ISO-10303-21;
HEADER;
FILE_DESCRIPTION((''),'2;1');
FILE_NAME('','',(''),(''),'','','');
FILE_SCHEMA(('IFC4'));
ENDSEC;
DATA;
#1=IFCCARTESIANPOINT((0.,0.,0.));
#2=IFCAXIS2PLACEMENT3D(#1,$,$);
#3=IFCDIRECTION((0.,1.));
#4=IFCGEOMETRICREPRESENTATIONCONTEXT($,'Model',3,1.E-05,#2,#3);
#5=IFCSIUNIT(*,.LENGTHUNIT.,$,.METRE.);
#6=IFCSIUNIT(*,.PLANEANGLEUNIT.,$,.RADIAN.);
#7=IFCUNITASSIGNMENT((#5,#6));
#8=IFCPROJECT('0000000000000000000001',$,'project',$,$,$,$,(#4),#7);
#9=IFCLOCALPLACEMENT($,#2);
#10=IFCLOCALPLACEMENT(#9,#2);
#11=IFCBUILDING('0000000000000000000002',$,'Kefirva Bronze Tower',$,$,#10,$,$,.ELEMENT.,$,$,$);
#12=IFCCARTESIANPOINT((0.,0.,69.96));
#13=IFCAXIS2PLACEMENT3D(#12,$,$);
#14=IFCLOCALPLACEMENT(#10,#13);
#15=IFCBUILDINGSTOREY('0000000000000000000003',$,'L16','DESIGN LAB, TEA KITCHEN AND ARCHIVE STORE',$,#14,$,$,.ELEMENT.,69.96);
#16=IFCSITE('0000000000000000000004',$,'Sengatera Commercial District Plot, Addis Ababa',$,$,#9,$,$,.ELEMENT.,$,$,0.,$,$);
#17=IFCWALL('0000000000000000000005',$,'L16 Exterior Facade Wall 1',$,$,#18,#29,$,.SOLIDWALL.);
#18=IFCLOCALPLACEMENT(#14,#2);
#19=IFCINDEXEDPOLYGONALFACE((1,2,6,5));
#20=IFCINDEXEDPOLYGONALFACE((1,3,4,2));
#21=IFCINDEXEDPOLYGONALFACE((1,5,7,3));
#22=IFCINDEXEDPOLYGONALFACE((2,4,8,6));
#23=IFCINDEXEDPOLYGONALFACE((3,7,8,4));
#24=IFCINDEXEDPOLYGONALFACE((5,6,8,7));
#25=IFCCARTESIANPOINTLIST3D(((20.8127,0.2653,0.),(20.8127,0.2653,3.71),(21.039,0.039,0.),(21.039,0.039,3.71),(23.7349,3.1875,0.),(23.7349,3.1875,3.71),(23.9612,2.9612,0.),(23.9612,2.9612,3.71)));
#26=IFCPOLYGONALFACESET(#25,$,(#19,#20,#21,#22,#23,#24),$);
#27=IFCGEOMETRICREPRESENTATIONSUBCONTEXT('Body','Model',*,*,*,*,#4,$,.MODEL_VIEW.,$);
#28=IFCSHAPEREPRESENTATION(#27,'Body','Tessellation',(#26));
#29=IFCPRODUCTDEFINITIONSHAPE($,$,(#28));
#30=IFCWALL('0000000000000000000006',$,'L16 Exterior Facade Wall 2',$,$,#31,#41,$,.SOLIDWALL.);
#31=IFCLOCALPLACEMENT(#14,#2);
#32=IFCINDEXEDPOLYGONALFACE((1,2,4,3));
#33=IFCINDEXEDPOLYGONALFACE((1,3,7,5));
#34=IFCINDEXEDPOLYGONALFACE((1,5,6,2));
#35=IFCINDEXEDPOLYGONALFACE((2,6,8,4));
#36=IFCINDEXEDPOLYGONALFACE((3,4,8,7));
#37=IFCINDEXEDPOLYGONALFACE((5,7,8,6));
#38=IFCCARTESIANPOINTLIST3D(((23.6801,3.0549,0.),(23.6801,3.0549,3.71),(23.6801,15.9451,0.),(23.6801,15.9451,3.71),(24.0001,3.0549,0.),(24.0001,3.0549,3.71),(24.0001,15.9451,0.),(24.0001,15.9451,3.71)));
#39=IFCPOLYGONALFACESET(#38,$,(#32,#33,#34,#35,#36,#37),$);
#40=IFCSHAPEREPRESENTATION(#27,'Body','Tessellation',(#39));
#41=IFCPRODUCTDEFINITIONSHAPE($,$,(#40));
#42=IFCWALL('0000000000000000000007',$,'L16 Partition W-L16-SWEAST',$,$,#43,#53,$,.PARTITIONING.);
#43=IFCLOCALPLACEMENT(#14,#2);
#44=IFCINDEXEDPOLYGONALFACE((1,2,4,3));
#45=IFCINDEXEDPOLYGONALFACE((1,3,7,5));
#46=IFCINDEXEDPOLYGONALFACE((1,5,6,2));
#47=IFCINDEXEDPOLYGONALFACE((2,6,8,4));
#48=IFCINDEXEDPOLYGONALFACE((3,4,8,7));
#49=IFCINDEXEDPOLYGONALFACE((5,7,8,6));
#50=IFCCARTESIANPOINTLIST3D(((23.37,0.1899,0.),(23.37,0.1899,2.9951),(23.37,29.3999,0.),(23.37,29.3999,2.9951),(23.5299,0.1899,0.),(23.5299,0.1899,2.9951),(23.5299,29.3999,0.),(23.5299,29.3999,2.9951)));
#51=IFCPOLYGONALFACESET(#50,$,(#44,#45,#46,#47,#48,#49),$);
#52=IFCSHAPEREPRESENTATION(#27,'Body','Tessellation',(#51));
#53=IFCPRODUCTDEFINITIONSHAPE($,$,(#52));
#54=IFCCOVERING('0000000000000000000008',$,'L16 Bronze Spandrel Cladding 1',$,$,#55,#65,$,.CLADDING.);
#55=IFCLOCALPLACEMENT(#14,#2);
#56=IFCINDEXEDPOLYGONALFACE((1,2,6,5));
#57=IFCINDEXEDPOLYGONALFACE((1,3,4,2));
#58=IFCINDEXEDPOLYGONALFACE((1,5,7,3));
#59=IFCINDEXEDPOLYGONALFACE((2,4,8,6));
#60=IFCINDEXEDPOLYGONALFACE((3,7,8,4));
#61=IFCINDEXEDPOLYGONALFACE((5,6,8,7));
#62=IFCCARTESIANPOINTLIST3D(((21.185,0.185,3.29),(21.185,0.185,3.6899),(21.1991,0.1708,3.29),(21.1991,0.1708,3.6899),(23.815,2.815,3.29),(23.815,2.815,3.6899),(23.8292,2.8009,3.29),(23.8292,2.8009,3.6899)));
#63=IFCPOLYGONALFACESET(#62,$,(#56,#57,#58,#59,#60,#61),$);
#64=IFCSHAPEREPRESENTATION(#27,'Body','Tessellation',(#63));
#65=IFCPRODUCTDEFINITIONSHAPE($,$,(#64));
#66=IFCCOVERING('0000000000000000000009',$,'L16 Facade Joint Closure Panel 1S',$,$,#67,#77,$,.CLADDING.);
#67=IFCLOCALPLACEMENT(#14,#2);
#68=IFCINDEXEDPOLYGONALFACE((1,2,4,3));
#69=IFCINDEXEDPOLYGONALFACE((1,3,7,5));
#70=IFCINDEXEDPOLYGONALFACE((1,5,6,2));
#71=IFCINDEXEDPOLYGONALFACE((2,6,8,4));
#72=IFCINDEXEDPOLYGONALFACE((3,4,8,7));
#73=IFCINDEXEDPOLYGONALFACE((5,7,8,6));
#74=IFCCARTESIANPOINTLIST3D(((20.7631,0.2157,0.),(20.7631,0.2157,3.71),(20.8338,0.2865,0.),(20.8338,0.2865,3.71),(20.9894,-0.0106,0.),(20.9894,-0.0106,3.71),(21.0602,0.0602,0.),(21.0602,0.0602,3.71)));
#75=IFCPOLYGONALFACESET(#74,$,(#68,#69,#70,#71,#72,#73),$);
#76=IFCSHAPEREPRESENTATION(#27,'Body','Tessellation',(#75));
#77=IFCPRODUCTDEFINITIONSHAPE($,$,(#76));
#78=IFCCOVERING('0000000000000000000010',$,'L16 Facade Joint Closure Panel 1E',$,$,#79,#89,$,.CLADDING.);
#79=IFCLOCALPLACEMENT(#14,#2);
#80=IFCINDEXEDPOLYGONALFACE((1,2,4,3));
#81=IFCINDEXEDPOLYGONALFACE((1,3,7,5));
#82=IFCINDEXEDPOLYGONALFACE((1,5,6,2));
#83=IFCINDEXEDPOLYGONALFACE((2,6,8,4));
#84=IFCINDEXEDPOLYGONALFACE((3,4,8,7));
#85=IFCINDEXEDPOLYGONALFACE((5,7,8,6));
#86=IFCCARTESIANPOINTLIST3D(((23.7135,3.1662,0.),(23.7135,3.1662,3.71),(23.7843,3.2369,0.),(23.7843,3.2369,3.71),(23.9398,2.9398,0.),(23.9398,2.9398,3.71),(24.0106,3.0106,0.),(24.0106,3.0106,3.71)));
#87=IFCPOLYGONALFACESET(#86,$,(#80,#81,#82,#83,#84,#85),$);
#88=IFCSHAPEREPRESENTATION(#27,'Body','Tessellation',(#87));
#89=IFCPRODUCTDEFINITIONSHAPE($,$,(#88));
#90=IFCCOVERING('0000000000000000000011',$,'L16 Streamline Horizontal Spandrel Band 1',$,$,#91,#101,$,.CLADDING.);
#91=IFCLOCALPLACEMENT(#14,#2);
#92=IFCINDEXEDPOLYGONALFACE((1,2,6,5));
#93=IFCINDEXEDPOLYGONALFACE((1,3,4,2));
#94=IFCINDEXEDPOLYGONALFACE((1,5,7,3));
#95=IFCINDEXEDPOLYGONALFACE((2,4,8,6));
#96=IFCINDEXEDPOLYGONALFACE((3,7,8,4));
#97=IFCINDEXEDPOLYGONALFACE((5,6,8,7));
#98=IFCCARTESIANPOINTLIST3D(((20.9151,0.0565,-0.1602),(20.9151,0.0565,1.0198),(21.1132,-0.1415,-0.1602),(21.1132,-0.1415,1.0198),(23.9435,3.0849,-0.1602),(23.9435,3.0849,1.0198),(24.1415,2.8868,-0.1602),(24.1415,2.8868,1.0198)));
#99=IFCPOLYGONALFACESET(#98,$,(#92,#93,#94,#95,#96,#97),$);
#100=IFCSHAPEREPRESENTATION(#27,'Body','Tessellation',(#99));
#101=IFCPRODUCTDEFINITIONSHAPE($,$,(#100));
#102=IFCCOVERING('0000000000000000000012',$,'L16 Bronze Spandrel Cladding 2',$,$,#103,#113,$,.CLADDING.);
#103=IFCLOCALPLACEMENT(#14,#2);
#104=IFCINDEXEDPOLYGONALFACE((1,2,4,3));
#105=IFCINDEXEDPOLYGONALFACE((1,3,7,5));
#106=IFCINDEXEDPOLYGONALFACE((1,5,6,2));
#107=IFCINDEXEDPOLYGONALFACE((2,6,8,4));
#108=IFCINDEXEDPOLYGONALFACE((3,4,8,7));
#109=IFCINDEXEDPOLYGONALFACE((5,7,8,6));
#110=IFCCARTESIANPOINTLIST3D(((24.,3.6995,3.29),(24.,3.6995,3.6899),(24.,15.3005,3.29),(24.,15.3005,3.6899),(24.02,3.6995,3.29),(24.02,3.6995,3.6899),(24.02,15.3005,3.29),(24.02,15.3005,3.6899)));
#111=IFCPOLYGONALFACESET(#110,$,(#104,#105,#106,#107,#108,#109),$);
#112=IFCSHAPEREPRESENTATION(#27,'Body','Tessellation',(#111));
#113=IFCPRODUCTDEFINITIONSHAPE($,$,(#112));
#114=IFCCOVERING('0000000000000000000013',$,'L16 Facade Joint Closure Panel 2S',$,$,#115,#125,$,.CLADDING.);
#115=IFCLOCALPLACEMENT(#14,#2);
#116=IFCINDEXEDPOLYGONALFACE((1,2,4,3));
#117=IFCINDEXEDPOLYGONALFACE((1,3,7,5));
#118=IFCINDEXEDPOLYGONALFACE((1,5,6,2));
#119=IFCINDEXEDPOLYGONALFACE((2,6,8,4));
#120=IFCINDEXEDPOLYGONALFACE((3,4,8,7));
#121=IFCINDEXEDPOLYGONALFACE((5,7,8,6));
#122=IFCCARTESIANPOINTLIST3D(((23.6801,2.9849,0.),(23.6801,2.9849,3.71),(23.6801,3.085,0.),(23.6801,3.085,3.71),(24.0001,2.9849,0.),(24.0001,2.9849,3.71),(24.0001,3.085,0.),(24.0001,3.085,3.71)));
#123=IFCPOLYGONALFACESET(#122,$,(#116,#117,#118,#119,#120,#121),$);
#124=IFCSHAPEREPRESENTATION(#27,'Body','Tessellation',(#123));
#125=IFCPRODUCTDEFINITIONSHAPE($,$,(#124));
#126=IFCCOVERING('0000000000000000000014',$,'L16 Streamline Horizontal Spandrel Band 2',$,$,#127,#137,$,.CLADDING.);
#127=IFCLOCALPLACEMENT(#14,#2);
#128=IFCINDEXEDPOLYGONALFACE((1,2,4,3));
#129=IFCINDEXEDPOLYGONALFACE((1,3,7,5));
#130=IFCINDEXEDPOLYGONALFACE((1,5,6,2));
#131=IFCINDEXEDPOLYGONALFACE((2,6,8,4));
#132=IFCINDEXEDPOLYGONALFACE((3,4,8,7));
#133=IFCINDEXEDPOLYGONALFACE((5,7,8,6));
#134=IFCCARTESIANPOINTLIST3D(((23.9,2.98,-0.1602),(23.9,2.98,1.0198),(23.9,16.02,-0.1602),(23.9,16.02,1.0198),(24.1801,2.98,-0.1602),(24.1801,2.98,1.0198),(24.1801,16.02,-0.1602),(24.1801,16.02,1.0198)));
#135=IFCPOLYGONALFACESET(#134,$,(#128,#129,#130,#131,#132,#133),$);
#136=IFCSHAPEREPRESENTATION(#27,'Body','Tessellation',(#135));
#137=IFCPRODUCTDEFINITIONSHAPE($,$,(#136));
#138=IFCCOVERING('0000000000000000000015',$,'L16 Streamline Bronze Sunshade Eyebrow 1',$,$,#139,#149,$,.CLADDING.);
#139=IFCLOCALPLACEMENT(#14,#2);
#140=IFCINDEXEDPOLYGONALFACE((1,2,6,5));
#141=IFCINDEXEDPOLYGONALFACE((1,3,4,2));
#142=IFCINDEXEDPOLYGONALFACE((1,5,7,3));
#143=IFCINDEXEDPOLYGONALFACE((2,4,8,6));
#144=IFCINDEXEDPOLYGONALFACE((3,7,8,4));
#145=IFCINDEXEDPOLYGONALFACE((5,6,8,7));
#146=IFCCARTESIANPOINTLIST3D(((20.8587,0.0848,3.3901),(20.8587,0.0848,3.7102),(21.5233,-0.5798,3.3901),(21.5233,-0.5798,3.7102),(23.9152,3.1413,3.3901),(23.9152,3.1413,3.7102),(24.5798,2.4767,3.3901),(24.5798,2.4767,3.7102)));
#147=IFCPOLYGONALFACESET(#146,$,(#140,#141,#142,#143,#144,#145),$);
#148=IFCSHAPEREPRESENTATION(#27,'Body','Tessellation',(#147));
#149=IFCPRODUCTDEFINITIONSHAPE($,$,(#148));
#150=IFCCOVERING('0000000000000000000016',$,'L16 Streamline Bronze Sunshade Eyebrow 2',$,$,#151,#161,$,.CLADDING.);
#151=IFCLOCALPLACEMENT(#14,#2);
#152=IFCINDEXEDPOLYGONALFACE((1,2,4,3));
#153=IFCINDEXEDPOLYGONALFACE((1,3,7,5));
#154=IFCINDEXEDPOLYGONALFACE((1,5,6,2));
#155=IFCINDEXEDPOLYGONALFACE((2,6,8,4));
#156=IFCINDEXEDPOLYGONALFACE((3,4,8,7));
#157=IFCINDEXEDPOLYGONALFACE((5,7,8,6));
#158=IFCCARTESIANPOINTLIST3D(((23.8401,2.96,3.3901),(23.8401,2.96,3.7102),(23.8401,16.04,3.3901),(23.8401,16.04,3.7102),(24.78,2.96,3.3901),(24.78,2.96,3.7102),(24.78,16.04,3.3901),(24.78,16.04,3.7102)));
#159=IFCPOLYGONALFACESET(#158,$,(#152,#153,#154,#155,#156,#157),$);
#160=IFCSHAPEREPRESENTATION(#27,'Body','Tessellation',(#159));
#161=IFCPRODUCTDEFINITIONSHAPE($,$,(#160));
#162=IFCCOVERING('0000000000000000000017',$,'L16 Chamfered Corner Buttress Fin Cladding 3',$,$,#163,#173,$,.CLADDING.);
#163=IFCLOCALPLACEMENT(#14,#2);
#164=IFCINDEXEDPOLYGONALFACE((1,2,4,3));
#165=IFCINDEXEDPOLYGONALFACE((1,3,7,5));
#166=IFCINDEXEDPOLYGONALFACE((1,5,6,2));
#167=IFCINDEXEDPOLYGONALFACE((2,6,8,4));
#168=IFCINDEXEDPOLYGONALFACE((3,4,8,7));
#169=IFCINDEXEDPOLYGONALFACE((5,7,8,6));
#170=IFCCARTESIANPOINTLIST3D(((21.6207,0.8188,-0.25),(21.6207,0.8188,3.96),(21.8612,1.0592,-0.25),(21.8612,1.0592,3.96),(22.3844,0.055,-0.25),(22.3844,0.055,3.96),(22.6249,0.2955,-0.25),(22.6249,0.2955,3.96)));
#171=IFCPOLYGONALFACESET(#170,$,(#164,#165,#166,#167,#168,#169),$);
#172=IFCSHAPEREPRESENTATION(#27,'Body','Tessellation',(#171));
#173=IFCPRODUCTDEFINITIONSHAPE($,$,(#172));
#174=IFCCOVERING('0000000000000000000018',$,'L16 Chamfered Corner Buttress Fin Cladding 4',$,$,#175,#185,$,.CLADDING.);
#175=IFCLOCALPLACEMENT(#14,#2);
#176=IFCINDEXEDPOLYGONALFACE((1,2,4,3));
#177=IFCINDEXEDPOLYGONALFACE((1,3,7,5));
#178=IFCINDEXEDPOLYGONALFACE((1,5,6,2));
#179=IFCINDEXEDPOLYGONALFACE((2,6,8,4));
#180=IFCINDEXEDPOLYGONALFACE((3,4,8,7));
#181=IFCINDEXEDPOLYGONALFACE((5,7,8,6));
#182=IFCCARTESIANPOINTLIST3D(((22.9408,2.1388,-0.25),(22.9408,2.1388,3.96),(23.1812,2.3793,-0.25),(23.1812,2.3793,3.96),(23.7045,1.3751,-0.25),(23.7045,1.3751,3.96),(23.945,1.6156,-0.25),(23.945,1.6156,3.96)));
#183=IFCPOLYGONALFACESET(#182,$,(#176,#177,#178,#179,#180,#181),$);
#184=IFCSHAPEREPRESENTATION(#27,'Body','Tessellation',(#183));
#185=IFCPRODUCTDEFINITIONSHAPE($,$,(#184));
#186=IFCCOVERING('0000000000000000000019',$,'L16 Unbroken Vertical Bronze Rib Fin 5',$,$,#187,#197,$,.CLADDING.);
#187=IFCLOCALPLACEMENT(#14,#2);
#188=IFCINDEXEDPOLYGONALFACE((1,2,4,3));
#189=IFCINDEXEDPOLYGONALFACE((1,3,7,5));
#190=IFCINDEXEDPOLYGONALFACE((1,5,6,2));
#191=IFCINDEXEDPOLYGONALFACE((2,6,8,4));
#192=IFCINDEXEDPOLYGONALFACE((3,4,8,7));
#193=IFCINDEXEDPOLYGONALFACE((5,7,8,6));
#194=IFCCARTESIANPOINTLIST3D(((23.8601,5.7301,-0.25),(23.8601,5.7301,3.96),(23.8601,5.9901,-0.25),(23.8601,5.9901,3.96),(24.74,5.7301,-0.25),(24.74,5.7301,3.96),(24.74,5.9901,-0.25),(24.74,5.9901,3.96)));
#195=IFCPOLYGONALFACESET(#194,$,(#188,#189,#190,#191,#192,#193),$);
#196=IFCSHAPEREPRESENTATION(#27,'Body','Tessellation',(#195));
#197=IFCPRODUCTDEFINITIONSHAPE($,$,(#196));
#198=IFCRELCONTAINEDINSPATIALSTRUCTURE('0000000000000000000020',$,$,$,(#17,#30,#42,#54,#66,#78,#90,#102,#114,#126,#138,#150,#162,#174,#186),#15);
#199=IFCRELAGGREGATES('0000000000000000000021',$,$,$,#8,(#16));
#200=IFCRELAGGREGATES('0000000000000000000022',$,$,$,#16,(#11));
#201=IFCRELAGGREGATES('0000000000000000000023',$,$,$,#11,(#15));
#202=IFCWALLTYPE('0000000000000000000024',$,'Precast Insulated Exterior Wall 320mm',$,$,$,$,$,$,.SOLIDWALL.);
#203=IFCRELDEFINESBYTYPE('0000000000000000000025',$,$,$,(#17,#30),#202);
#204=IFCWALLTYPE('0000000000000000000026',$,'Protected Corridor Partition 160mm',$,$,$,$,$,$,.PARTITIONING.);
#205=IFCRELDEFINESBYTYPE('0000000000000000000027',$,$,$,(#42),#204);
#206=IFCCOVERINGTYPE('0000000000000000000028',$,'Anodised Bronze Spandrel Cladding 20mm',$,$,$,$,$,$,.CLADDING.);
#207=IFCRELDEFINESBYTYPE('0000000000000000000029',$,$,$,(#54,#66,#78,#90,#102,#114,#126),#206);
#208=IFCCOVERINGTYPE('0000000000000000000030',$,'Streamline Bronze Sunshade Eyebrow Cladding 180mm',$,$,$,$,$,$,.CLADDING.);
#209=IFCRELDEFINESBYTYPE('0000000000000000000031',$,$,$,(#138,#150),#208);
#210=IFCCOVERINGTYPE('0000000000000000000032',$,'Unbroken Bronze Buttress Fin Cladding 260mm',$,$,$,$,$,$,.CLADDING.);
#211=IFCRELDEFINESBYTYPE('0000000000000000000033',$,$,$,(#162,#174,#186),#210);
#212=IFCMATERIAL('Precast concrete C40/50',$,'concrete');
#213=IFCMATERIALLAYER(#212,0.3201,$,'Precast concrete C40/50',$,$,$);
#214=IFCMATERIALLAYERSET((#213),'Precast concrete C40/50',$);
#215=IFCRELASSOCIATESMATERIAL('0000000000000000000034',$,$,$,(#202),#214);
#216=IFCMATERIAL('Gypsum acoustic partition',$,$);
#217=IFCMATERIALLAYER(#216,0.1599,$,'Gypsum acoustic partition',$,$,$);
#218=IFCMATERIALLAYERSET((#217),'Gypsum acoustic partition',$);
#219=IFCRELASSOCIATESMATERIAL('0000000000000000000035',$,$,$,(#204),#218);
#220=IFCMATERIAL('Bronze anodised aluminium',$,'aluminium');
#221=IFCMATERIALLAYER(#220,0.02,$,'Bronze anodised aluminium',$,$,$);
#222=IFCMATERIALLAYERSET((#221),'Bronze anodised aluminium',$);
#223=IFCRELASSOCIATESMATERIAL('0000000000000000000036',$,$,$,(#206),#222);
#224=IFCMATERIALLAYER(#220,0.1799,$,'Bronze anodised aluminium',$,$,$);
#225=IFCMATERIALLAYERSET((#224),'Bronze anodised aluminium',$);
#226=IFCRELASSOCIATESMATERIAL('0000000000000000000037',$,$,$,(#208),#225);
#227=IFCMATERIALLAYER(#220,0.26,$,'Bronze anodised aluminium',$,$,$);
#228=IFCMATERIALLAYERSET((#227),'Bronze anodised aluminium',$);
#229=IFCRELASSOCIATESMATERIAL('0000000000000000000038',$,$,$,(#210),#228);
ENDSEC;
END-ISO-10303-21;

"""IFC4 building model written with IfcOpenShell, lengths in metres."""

from ifc_helpers import new_model, si_unit, direction, frame, frame_2d, origin, origin_2d, place, context, subcontext, project, spatial, rectangle, extrude, material, layer, layer_set, type_object, element, save


model = new_model("IFC4")

# Units and contexts
model_context = context("Model", 3, precision=1e-05, world=origin(), true_north=direction((0.0, 1.0)))
body_context = subcontext(model_context, "Body", "Model", "MODEL_VIEW")
ifc_project = project(units=[si_unit("LENGTHUNIT", "METRE"), si_unit("PLANEANGLEUNIT", "RADIAN")], contexts=[model_context])

# Site, building, storey
site_placement = place(None, origin())
site = spatial("IfcSite", under=ifc_project, at=site_placement, Name="Sengatera Commercial District Plot, Addis Ababa", CompositionType="ELEMENT", RefElevation=0.0)
building_placement = place(site_placement, origin())
building = spatial("IfcBuilding", under=site, at=building_placement, Name="Kefirva Bronze Tower", CompositionType="ELEMENT")
storey_placement = place(building_placement, frame((0.0, 0.0, 69.96)))
storey = spatial("IfcBuildingStorey", under=building, at=storey_placement, Name="L16", Description="DESIGN LAB, TEA KITCHEN AND ARCHIVE STORE", CompositionType="ELEMENT", Elevation=69.96)

# Shared definitions
ifc_material_1 = material(Name="Bronze anodised aluminium", Category="aluminium")

# Walls
ifc_material_2 = material(Name="Precast concrete C40/50", Category="concrete")
ifc_layer_1 = layer(ifc_material_2, 0.3201, Name="Precast concrete C40/50")
ifc_layer_set_1 = layer_set([ifc_layer_1], Name="Precast concrete C40/50")
wall_type_1 = type_object("IfcWallType", Name="Precast Insulated Exterior Wall 320mm", PredefinedType="SOLIDWALL", material=ifc_layer_set_1)
wall_1_placement = place(storey_placement, frame((20.9258, 0.1521, 0.0), z_axis=(0.0, 0.0, 1.0), x_axis=(0.707107, 0.707107, 0.0)))
element("IfcWall", 1, at=wall_1_placement, inside=storey, type_object=wall_type_1, Name="L16 Exterior Facade Wall 1", PredefinedType="SOLIDWALL", context=body_context, shape_type="SweptSolid", body=[
    extrude(rectangle(XDim=4.1326, YDim=0.3201, at=frame_2d((2.0664, 0.0))), origin(), (0.0, 0.0, 1.0), 3.71),
])
wall_2_placement = place(storey_placement, frame((23.8401, 3.0549, 0.0), z_axis=(0.0, 0.0, 1.0), x_axis=(0.0, 1.0, 0.0)))
element("IfcWall", 2, at=wall_2_placement, inside=storey, type_object=wall_type_1, Name="L16 Exterior Facade Wall 2", PredefinedType="SOLIDWALL", context=body_context, shape_type="SweptSolid", body=[
    extrude(rectangle(XDim=12.8901, YDim=0.3201, at=frame_2d((6.4451, 0.0))), origin(), (0.0, 0.0, 1.0), 3.71),
])
ifc_material_3 = material(Name="Gypsum acoustic partition")
ifc_layer_2 = layer(ifc_material_3, 0.1599, Name="Gypsum acoustic partition")
ifc_layer_set_2 = layer_set([ifc_layer_2], Name="Gypsum acoustic partition")
wall_type_2 = type_object("IfcWallType", Name="Protected Corridor Partition 160mm", PredefinedType="PARTITIONING", material=ifc_layer_set_2)
wall_3_placement = place(storey_placement, frame((23.45, 0.1899, 0.0), z_axis=(0.0, 0.0, 1.0), x_axis=(0.0, 1.0, 0.0)))
element("IfcWall", 3, at=wall_3_placement, inside=storey, type_object=wall_type_2, Name="L16 Partition W-L16-SWEAST", PredefinedType="PARTITIONING", context=body_context, shape_type="SweptSolid", body=[
    extrude(rectangle(XDim=29.21, YDim=0.1599, at=frame_2d((14.605, 0.0))), origin(), (0.0, 0.0, 1.0), 2.9951),
])

# Coverings
ifc_layer_3 = layer(ifc_material_1, 0.02, Name="Bronze anodised aluminium")
ifc_layer_set_3 = layer_set([ifc_layer_3], Name="Bronze anodised aluminium")
covering_type_1 = type_object("IfcCoveringType", Name="Anodised Bronze Spandrel Cladding 20mm", PredefinedType="CLADDING", material=ifc_layer_set_3)
covering_1_placement = place(storey_placement, frame((22.5071, 1.4929, 3.29), z_axis=(0.0, 0.0, 1.0), x_axis=(0.707107, 0.707107, 0.0)))
element("IfcCovering", 4, at=covering_1_placement, inside=storey, type_object=covering_type_1, Name="L16 Bronze Spandrel Cladding 1", PredefinedType="CLADDING", context=body_context, shape_type="SweptSolid", body=[
    extrude(rectangle(XDim=3.7195, YDim=0.02, at=origin_2d()), origin(), (0.0, 0.0, 1.0), 0.3999),
])
for number, where, z_axis, x_axis, name in (
    (5, (20.9116, 0.1379, 0.0), (0.0, 0.0, 1.0), (0.707107, 0.707107, 0.0), "L16 Facade Joint Closure Panel 1S"),
    (6, (23.8621, 3.0884, 0.0), (0.0, 0.0, 1.0), (0.707107, 0.707107, 0.0), "L16 Facade Joint Closure Panel 1E"),
):
    element("IfcCovering", number, at=place(storey_placement, frame(where, z_axis=z_axis, x_axis=x_axis)), inside=storey, type_object=covering_type_1, Name=name, PredefinedType="CLADDING", context=body_context, shape_type="SweptSolid", body=[
        extrude(rectangle(XDim=0.1001, YDim=0.3201, at=origin_2d()), origin(), (0.0, 0.0, 1.0), 3.71),
    ])
covering_2_placement = place(storey_placement, frame((22.5283, 1.4717, -0.1602), z_axis=(0.0, 0.0, 1.0), x_axis=(0.707107, 0.707107, 0.0)))
element("IfcCovering", 7, at=covering_2_placement, inside=storey, type_object=covering_type_1, Name="L16 Streamline Horizontal Spandrel Band 1", PredefinedType="CLADDING", context=body_context, shape_type="SweptSolid", body=[
    extrude(rectangle(XDim=4.2827, YDim=0.28, at=origin_2d()), origin(), (0.0, 0.0, 1.0), 1.1799),
])
covering_3_placement = place(storey_placement, frame((24.01, 9.5, 3.29), z_axis=(0.0, 0.0, 1.0), x_axis=(0.0, 1.0, 0.0)))
element("IfcCovering", 8, at=covering_3_placement, inside=storey, type_object=covering_type_1, Name="L16 Bronze Spandrel Cladding 2", PredefinedType="CLADDING", context=body_context, shape_type="SweptSolid", body=[
    extrude(rectangle(XDim=11.6011, YDim=0.02, at=origin_2d()), origin(), (0.0, 0.0, 1.0), 0.3999),
])
covering_4_placement = place(storey_placement, frame((23.8401, 3.0349, 0.0), z_axis=(0.0, 0.0, 1.0), x_axis=(0.0, 1.0, 0.0)))
element("IfcCovering", 9, at=covering_4_placement, inside=storey, type_object=covering_type_1, Name="L16 Facade Joint Closure Panel 2S", PredefinedType="CLADDING", context=body_context, shape_type="SweptSolid", body=[
    extrude(rectangle(XDim=0.1001, YDim=0.3201, at=origin_2d()), origin(), (0.0, 0.0, 1.0), 3.71),
])
covering_5_placement = place(storey_placement, frame((24.04, 9.5, -0.1602), z_axis=(0.0, 0.0, 1.0), x_axis=(0.0, 1.0, 0.0)))
element("IfcCovering", 10, at=covering_5_placement, inside=storey, type_object=covering_type_1, Name="L16 Streamline Horizontal Spandrel Band 2", PredefinedType="CLADDING", context=body_context, shape_type="SweptSolid", body=[
    extrude(rectangle(XDim=13.04, YDim=0.28, at=origin_2d()), origin(), (0.0, 0.0, 1.0), 1.1799),
])
ifc_layer_4 = layer(ifc_material_1, 0.1799, Name="Bronze anodised aluminium")
ifc_layer_set_4 = layer_set([ifc_layer_4], Name="Bronze anodised aluminium")
covering_type_2 = type_object("IfcCoveringType", Name="Streamline Bronze Sunshade Eyebrow Cladding 180mm", PredefinedType="CLADDING", material=ifc_layer_set_4)
covering_6_placement = place(storey_placement, frame((22.7192, 1.2808, 3.3901), z_axis=(0.0, 0.0, 1.0), x_axis=(0.707107, 0.707107, 0.0)))
element("IfcCovering", 11, at=covering_6_placement, inside=storey, type_object=covering_type_2, Name="L16 Streamline Bronze Sunshade Eyebrow 1", PredefinedType="CLADDING", context=body_context, shape_type="SweptSolid", body=[
    extrude(rectangle(XDim=4.3225, YDim=0.9399, at=origin_2d()), origin(), (0.0, 0.0, 1.0), 0.3201),
])
covering_7_placement = place(storey_placement, frame((24.3101, 9.5, 3.3901), z_axis=(0.0, 0.0, 1.0), x_axis=(0.0, 1.0, 0.0)))
element("IfcCovering", 12, at=covering_7_placement, inside=storey, type_object=covering_type_2, Name="L16 Streamline Bronze Sunshade Eyebrow 2", PredefinedType="CLADDING", context=body_context, shape_type="SweptSolid", body=[
    extrude(rectangle(XDim=13.0801, YDim=0.9399, at=origin_2d()), origin(), (0.0, 0.0, 1.0), 0.3201),
])
ifc_layer_5 = layer(ifc_material_1, 0.26, Name="Bronze anodised aluminium")
ifc_layer_set_5 = layer_set([ifc_layer_5], Name="Bronze anodised aluminium")
covering_type_3 = type_object("IfcCoveringType", Name="Unbroken Bronze Buttress Fin Cladding 260mm", PredefinedType="CLADDING", material=ifc_layer_set_5)
for number, where, z_axis, x_axis, name in (
    (13, (22.1228, 0.5571, -0.25), (0.0, 0.0, 1.0), (0.707107, 0.707107, 0.0), "L16 Chamfered Corner Buttress Fin Cladding 3"),
    (14, (23.4429, 1.8772, -0.25), (0.0, 0.0, 1.0), (0.707107, 0.707107, 0.0), "L16 Chamfered Corner Buttress Fin Cladding 4"),
):
    element("IfcCovering", number, at=place(storey_placement, frame(where, z_axis=z_axis, x_axis=x_axis)), inside=storey, type_object=covering_type_3, Name=name, PredefinedType="CLADDING", context=body_context, shape_type="SweptSolid", body=[
        extrude(rectangle(XDim=0.3401, YDim=1.0801, at=origin_2d()), origin(), (0.0, 0.0, 1.0), 4.21),
    ])
covering_8_placement = place(storey_placement, frame((24.3, 5.8601, -0.25), z_axis=(0.0, 0.0, 1.0), x_axis=(0.0, 1.0, 0.0)))
element("IfcCovering", 15, at=covering_8_placement, inside=storey, type_object=covering_type_3, Name="L16 Unbroken Vertical Bronze Rib Fin 5", PredefinedType="CLADDING", context=body_context, shape_type="SweptSolid", body=[
    extrude(rectangle(XDim=0.26, YDim=0.8799, at=origin_2d()), origin(), (0.0, 0.0, 1.0), 4.21),
])

save(model, "model.ifc")
